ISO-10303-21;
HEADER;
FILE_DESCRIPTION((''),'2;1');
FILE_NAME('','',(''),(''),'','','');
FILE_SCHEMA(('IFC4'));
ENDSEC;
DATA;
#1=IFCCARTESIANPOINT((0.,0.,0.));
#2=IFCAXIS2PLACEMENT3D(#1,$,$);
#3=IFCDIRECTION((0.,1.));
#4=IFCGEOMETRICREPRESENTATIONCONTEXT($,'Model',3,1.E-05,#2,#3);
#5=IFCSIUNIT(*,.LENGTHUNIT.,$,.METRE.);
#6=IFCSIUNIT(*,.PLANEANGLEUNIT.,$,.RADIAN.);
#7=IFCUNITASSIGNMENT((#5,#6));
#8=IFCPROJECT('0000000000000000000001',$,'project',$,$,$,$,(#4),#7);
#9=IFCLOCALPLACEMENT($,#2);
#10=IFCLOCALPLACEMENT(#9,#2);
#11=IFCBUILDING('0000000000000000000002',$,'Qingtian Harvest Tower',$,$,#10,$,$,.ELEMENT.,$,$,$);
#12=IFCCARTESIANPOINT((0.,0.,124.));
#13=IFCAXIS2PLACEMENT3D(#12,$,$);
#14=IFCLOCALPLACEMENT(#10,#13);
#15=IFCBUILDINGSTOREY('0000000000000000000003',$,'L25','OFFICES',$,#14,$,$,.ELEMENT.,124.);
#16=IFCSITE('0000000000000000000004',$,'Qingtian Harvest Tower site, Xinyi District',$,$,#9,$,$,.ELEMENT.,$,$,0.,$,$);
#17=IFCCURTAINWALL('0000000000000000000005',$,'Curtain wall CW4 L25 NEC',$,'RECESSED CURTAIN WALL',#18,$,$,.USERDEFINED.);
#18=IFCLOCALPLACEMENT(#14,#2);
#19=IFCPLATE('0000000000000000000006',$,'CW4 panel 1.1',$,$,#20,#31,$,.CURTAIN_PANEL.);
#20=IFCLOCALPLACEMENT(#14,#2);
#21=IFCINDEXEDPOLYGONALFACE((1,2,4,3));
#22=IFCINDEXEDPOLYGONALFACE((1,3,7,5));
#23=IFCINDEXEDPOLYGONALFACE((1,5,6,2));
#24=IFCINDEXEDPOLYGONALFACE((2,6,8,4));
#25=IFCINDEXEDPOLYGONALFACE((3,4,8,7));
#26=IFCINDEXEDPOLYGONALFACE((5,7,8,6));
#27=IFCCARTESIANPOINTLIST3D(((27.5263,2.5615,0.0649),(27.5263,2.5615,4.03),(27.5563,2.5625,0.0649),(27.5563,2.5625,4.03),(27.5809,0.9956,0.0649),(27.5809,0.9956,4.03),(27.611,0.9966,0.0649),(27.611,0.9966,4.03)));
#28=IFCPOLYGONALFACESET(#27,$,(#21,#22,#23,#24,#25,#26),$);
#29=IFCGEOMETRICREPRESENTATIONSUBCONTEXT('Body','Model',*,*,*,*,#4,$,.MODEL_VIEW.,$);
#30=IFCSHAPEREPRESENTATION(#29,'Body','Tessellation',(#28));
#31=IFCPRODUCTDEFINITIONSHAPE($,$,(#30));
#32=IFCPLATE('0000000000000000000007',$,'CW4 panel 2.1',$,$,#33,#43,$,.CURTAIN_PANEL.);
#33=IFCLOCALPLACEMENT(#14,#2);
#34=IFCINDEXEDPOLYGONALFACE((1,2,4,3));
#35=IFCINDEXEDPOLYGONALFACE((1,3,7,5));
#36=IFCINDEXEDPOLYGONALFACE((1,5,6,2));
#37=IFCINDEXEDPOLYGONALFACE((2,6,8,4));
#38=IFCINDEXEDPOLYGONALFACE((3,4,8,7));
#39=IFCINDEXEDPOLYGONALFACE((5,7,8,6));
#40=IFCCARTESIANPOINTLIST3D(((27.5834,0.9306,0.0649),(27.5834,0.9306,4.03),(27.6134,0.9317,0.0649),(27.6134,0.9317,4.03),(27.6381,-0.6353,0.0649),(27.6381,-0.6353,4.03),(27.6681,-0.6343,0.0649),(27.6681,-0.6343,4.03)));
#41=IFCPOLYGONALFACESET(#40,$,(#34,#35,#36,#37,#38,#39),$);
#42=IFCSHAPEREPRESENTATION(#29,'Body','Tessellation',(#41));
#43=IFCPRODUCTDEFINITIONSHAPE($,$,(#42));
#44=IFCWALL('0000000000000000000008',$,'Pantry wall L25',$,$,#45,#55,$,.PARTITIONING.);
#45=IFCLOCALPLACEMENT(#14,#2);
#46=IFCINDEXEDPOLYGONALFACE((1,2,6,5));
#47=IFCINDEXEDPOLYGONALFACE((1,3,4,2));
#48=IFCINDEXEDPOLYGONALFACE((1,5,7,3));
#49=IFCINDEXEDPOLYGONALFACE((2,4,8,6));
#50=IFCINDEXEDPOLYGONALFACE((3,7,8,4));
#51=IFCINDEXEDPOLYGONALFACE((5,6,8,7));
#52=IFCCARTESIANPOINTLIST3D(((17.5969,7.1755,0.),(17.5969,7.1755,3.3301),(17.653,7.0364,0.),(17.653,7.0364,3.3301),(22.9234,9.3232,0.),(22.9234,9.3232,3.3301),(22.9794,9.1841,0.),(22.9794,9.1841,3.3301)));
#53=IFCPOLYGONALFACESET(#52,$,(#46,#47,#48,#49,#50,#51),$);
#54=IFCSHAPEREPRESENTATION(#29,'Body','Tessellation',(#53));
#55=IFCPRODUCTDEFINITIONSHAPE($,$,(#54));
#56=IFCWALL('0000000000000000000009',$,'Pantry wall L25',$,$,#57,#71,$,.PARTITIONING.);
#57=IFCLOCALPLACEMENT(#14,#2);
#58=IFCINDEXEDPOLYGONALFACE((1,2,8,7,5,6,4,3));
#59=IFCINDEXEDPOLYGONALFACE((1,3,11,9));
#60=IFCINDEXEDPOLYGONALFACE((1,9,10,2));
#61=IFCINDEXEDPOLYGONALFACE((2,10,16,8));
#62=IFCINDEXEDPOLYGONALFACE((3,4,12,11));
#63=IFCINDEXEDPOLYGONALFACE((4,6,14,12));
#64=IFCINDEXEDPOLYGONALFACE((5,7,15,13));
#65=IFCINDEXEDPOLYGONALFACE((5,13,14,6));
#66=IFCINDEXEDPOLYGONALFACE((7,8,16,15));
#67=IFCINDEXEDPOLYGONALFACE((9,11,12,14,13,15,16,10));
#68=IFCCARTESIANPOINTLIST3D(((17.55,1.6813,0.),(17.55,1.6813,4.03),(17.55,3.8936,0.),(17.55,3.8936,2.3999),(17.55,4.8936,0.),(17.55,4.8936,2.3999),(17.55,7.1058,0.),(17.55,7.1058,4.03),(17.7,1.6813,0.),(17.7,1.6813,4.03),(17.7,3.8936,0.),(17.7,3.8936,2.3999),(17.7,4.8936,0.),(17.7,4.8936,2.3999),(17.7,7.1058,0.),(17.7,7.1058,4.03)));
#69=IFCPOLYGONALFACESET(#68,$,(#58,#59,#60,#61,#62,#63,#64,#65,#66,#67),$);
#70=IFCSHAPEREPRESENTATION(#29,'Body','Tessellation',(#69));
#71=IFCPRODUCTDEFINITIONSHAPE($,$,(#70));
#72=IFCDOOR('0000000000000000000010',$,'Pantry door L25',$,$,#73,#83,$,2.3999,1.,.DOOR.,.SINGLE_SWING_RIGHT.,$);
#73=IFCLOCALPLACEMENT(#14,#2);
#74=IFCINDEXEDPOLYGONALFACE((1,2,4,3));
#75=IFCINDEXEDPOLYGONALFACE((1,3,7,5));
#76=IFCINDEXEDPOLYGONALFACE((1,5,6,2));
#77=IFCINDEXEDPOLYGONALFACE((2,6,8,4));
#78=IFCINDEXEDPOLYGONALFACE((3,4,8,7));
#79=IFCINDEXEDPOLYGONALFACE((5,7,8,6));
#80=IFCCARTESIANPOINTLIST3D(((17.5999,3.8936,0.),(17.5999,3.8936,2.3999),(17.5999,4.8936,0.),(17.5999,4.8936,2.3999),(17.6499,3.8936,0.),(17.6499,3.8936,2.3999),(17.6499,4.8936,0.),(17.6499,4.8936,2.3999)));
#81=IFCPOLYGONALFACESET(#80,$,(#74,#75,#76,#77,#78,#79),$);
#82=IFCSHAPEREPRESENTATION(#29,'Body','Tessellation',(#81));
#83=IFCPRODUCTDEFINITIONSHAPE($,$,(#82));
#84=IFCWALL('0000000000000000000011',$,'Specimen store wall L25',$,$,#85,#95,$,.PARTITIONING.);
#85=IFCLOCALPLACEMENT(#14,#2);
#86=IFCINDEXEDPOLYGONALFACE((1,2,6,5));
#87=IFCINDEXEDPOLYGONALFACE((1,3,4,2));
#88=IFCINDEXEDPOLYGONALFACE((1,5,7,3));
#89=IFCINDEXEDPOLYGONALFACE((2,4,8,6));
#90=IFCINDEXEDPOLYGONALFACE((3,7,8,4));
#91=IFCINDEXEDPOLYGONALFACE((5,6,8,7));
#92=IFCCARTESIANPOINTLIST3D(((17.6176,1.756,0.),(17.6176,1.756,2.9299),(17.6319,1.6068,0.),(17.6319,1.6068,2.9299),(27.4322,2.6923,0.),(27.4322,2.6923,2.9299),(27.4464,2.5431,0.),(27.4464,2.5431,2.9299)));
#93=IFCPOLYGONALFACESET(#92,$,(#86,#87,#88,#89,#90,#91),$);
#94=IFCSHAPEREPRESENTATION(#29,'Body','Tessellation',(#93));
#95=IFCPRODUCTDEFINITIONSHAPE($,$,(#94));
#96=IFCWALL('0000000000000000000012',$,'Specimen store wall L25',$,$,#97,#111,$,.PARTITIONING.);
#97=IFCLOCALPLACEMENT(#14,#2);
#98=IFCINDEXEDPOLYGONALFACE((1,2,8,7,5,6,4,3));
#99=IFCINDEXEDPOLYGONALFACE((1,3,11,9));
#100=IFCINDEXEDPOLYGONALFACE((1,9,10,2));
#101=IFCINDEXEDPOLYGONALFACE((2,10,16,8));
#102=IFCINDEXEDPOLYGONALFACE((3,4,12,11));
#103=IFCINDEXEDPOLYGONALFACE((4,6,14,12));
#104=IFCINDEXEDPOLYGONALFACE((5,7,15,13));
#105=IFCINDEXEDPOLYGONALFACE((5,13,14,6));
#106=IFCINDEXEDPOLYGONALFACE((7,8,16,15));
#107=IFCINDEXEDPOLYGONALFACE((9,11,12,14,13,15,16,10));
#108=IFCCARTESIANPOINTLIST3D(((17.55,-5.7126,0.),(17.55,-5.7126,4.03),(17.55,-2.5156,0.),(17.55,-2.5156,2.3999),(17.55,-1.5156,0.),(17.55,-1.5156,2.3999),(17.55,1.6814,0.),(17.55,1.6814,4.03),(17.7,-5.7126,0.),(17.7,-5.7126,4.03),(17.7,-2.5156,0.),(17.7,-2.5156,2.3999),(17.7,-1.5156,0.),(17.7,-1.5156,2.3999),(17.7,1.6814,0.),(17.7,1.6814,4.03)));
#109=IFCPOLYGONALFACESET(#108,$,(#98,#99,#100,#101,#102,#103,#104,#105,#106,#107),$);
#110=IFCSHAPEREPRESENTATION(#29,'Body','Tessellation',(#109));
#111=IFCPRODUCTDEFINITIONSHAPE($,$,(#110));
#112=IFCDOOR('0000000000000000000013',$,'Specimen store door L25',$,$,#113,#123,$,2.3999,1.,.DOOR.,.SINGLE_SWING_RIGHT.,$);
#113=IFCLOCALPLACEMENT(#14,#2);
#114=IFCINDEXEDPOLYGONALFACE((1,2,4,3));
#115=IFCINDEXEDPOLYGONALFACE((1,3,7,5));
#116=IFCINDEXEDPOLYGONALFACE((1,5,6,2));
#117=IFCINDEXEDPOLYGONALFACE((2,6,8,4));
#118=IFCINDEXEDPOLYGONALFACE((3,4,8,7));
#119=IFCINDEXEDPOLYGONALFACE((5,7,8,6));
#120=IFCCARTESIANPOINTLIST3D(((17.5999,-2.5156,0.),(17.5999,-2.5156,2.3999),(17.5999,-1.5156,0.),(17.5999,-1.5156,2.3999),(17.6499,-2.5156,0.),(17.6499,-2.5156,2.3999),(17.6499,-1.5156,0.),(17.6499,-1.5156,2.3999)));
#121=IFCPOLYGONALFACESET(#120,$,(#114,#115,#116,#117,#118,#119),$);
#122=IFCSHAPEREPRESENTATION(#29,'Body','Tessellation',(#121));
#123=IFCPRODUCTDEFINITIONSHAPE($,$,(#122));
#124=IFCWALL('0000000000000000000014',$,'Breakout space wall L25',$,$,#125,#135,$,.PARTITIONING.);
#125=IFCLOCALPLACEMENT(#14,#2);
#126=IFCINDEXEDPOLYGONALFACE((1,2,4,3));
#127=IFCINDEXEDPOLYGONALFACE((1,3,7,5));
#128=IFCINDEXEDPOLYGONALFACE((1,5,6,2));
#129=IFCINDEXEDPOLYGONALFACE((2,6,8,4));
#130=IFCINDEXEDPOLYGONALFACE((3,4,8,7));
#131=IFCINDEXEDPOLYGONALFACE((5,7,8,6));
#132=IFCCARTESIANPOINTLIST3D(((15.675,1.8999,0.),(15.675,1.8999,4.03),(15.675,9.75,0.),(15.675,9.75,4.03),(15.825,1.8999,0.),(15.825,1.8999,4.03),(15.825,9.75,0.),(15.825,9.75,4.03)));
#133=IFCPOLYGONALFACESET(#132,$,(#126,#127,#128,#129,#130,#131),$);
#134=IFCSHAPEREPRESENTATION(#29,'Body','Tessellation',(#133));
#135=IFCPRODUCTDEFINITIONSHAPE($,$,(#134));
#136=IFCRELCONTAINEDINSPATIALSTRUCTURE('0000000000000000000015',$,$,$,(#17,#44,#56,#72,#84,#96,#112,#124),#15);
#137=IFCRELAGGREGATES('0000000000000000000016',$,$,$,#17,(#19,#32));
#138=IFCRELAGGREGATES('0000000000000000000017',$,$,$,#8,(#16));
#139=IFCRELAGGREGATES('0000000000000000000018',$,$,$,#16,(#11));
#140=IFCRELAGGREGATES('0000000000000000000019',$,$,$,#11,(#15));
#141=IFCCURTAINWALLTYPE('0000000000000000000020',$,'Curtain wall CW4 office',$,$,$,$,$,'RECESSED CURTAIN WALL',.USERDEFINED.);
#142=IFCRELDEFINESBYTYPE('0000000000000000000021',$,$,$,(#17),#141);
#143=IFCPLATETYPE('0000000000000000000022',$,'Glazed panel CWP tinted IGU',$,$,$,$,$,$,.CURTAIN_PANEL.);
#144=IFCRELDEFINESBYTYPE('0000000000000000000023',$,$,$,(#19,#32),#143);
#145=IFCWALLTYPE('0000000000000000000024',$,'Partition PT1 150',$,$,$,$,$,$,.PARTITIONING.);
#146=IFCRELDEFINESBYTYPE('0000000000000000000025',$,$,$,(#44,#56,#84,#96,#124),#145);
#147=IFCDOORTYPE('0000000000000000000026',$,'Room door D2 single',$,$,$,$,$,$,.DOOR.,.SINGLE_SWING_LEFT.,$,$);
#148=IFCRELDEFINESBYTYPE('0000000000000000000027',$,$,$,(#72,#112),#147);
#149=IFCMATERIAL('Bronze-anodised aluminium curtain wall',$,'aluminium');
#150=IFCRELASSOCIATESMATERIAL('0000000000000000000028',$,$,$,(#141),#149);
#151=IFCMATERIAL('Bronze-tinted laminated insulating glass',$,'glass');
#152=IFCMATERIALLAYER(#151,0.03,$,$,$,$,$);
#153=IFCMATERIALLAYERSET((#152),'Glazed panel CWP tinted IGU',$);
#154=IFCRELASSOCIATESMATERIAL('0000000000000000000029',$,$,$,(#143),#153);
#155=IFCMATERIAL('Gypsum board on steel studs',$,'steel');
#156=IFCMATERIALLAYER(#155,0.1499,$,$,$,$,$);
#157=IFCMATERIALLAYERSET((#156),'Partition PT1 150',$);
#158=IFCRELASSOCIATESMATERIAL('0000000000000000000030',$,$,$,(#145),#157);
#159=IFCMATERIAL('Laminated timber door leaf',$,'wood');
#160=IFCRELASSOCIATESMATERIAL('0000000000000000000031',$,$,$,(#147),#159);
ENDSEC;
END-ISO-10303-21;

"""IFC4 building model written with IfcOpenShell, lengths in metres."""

from ifc_helpers import new_model, si_unit, direction, frame, frame_2d, origin, origin_2d, place, context, subcontext, project, spatial, rectangle, extrude, material, layer, layer_set, type_object, element, fill, aggregate, save


model = new_model("IFC4")

# Units and contexts
model_context = context("Model", 3, precision=1e-05, world=origin(), true_north=direction((0.0, 1.0)))
body_context = subcontext(model_context, "Body", "Model", "MODEL_VIEW")
ifc_project = project(units=[si_unit("LENGTHUNIT", "METRE"), si_unit("PLANEANGLEUNIT", "RADIAN")], contexts=[model_context])

# Site, building, storey
site_placement = place(None, origin())
site = spatial("IfcSite", under=ifc_project, at=site_placement, Name="Qingtian Harvest Tower site, Xinyi District", CompositionType="ELEMENT", RefElevation=0.0)
building_placement = place(site_placement, origin())
building = spatial("IfcBuilding", under=site, at=building_placement, Name="Qingtian Harvest Tower", CompositionType="ELEMENT")
storey_placement = place(building_placement, frame((0.0, 0.0, 124.0)))
storey = spatial("IfcBuildingStorey", under=building, at=storey_placement, Name="L25", Description="OFFICES", CompositionType="ELEMENT", Elevation=124.0)

# Curtain wall
ifc_material_1 = material(Name="Bronze-anodised aluminium curtain wall", Category="aluminium")
curtain_wall_type = type_object("IfcCurtainWallType", Name="Curtain wall CW4 office", ElementType="RECESSED CURTAIN WALL", PredefinedType="USERDEFINED", material=ifc_material_1)
curtain_wall_1_placement = place(storey_placement, origin())
curtain_wall_1 = element("IfcCurtainWall", 1, at=curtain_wall_1_placement, inside=storey, type_object=curtain_wall_type, Name="Curtain wall CW4 L25 NEC", ObjectType="RECESSED CURTAIN WALL", PredefinedType="USERDEFINED")

# Plates
ifc_material_2 = material(Name="Bronze-tinted laminated insulating glass", Category="glass")
ifc_layer_1 = layer(ifc_material_2, 0.03)
ifc_layer_set_1 = layer_set([ifc_layer_1], Name="Glazed panel CWP tinted IGU")
plate_type = type_object("IfcPlateType", Name="Glazed panel CWP tinted IGU", PredefinedType="CURTAIN_PANEL", material=ifc_layer_set_1)
plate_1_placement = place(storey_placement, frame((27.5686, 1.7791, 0.0649), z_axis=(0.0, 0.0, 1.0), x_axis=(0.034899, -0.999391, 0.0)))
plate_1 = element("IfcPlate", 2, at=plate_1_placement, type_object=plate_type, Name="CW4 panel 1.1", PredefinedType="CURTAIN_PANEL", context=body_context, shape_type="SweptSolid", body=[
    extrude(rectangle(XDim=1.5669, YDim=0.03, at=origin_2d()), origin(), (0.0, 0.0, 1.0), 3.9651),
])
plate_2_placement = place(storey_placement, frame((27.6257, 0.1482, 0.0649), z_axis=(0.0, 0.0, 1.0), x_axis=(0.034899, -0.999391, 0.0)))
plate_2 = element("IfcPlate", 3, at=plate_2_placement, type_object=plate_type, Name="CW4 panel 2.1", PredefinedType="CURTAIN_PANEL", context=body_context, shape_type="SweptSolid", body=[
    extrude(rectangle(XDim=1.5669, YDim=0.03, at=origin_2d()), origin(), (0.0, 0.0, 1.0), 3.9651),
])
aggregate(curtain_wall_1, [plate_1, plate_2])

# Shared definitions
ifc_material_3 = material(Name="Gypsum board on steel studs", Category="steel")
ifc_layer_2 = layer(ifc_material_3, 0.1499)
ifc_layer_set_2 = layer_set([ifc_layer_2], Name="Partition PT1 150")
wall_type = type_object("IfcWallType", Name="Partition PT1 150", PredefinedType="PARTITIONING", material=ifc_layer_set_2)
ifc_material_4 = material(Name="Laminated timber door leaf", Category="wood")
door_type = type_object("IfcDoorType", Name="Room door D2 single", OperationType="SINGLE_SWING_LEFT", PredefinedType="DOOR", material=ifc_material_4)

# Wall
wall_1_placement = place(storey_placement, frame((22.9514, 9.2537, 0.0), z_axis=(0.0, 0.0, 1.0), x_axis=(-0.927444, -0.373962, 0.0)))
element("IfcWall", 4, at=wall_1_placement, inside=storey, type_object=wall_type, Name="Pantry wall L25", PredefinedType="PARTITIONING", context=body_context, shape_type="SweptSolid", body=[
    extrude(rectangle(XDim=5.7432, YDim=0.1499, at=frame_2d((2.8716, 0.0))), origin(), (0.0, 0.0, 1.0), 3.3301),
])

# Wall, opening, door
wall_2_placement = place(storey_placement, frame((17.625, 7.106, 0.0), z_axis=(0.0, 0.0, 1.0), x_axis=(0.0, -1.0, 0.0)))
wall_2 = element("IfcWall", 5, at=wall_2_placement, inside=storey, type_object=wall_type, Name="Pantry wall L25", PredefinedType="PARTITIONING", context=body_context, shape_type="SweptSolid", body=[
    extrude(rectangle(XDim=5.4246, YDim=0.1499, at=frame_2d((2.7124, 0.0))), origin(), (0.0, 0.0, 1.0), 4.03),
])
opening_1_placement = place(wall_2_placement, frame((2.2124, 0.0, 0.0)))
opening_1 = element("IfcOpeningElement", 6, at=opening_1_placement, cuts=wall_2, PredefinedType="OPENING", context=body_context, shape_type="SweptSolid", body=[
    extrude(rectangle(XDim=1.0, YDim=2.3999, at=frame_2d((0.5, 1.2))), frame((0.0, 0.085, 0.0), z_axis=(0.0, -1.0, 0.0), x_axis=(1.0, 0.0, 0.0)), (0.0, 0.0, 1.0), 0.1699),
])
door_1_placement = place(opening_1_placement, origin())
door_1 = element("IfcDoor", 7, at=door_1_placement, inside=storey, type_object=door_type, Name="Pantry door L25", OperationType="SINGLE_SWING_RIGHT", OverallHeight=2.3999, OverallWidth=1.0, PredefinedType="DOOR", context=body_context, shape_type="SweptSolid", body=[
    extrude(rectangle(XDim=1.0, YDim=2.3999, at=frame_2d((0.5, 1.2))), frame((0.0, 0.0249, 0.0), z_axis=(0.0, -1.0, 0.0), x_axis=(1.0, 0.0, 0.0)), (0.0, 0.0, 1.0), 0.05),
])
fill(opening_1, door_1)

# Wall
wall_3_placement = place(storey_placement, frame((27.4395, 2.6177, 0.0), z_axis=(0.0, 0.0, 1.0), x_axis=(-0.99548, -0.094967, 0.0)))
element("IfcWall", 8, at=wall_3_placement, inside=storey, type_object=wall_type, Name="Specimen store wall L25", PredefinedType="PARTITIONING", context=body_context, shape_type="SweptSolid", body=[
    extrude(rectangle(XDim=9.8591, YDim=0.1499, at=frame_2d((4.9297, 0.0))), origin(), (0.0, 0.0, 1.0), 2.9299),
])

# Wall, opening, door
wall_4_placement = place(storey_placement, frame((17.625, 1.6814, 0.0), z_axis=(0.0, 0.0, 1.0), x_axis=(0.0, -1.0, 0.0)))
wall_4 = element("IfcWall", 9, at=wall_4_placement, inside=storey, type_object=wall_type, Name="Specimen store wall L25", PredefinedType="PARTITIONING", context=body_context, shape_type="SweptSolid", body=[
    extrude(rectangle(XDim=7.394, YDim=0.1499, at=frame_2d((3.697, 0.0))), origin(), (0.0, 0.0, 1.0), 4.03),
])
opening_2_placement = place(wall_4_placement, frame((3.197, 0.0, 0.0)))
opening_2 = element("IfcOpeningElement", 10, at=opening_2_placement, cuts=wall_4, PredefinedType="OPENING", context=body_context, shape_type="SweptSolid", body=[
    extrude(rectangle(XDim=1.0, YDim=2.3999, at=frame_2d((0.5, 1.2))), frame((0.0, 0.085, 0.0), z_axis=(0.0, -1.0, 0.0), x_axis=(1.0, 0.0, 0.0)), (0.0, 0.0, 1.0), 0.1699),
])
door_2_placement = place(opening_2_placement, origin())
door_2 = element("IfcDoor", 11, at=door_2_placement, inside=storey, type_object=door_type, Name="Specimen store door L25", OperationType="SINGLE_SWING_RIGHT", OverallHeight=2.3999, OverallWidth=1.0, PredefinedType="DOOR", context=body_context, shape_type="SweptSolid", body=[
    extrude(rectangle(XDim=1.0, YDim=2.3999, at=frame_2d((0.5, 1.2))), frame((0.0, 0.0249, 0.0), z_axis=(0.0, -1.0, 0.0), x_axis=(1.0, 0.0, 0.0)), (0.0, 0.0, 1.0), 0.05),
])
fill(opening_2, door_2)

# Wall
wall_5_placement = place(storey_placement, frame((15.75, 1.8999, 0.0), z_axis=(0.0, 0.0, 1.0), x_axis=(0.0, 1.0, 0.0)))
element("IfcWall", 12, at=wall_5_placement, inside=storey, type_object=wall_type, Name="Breakout space wall L25", PredefinedType="PARTITIONING", context=body_context, shape_type="SweptSolid", body=[
    extrude(rectangle(XDim=7.8501, YDim=0.1499, at=frame_2d((3.925, 0.0))), origin(), (0.0, 0.0, 1.0), 4.03),
])

save(model, "model.ifc")
